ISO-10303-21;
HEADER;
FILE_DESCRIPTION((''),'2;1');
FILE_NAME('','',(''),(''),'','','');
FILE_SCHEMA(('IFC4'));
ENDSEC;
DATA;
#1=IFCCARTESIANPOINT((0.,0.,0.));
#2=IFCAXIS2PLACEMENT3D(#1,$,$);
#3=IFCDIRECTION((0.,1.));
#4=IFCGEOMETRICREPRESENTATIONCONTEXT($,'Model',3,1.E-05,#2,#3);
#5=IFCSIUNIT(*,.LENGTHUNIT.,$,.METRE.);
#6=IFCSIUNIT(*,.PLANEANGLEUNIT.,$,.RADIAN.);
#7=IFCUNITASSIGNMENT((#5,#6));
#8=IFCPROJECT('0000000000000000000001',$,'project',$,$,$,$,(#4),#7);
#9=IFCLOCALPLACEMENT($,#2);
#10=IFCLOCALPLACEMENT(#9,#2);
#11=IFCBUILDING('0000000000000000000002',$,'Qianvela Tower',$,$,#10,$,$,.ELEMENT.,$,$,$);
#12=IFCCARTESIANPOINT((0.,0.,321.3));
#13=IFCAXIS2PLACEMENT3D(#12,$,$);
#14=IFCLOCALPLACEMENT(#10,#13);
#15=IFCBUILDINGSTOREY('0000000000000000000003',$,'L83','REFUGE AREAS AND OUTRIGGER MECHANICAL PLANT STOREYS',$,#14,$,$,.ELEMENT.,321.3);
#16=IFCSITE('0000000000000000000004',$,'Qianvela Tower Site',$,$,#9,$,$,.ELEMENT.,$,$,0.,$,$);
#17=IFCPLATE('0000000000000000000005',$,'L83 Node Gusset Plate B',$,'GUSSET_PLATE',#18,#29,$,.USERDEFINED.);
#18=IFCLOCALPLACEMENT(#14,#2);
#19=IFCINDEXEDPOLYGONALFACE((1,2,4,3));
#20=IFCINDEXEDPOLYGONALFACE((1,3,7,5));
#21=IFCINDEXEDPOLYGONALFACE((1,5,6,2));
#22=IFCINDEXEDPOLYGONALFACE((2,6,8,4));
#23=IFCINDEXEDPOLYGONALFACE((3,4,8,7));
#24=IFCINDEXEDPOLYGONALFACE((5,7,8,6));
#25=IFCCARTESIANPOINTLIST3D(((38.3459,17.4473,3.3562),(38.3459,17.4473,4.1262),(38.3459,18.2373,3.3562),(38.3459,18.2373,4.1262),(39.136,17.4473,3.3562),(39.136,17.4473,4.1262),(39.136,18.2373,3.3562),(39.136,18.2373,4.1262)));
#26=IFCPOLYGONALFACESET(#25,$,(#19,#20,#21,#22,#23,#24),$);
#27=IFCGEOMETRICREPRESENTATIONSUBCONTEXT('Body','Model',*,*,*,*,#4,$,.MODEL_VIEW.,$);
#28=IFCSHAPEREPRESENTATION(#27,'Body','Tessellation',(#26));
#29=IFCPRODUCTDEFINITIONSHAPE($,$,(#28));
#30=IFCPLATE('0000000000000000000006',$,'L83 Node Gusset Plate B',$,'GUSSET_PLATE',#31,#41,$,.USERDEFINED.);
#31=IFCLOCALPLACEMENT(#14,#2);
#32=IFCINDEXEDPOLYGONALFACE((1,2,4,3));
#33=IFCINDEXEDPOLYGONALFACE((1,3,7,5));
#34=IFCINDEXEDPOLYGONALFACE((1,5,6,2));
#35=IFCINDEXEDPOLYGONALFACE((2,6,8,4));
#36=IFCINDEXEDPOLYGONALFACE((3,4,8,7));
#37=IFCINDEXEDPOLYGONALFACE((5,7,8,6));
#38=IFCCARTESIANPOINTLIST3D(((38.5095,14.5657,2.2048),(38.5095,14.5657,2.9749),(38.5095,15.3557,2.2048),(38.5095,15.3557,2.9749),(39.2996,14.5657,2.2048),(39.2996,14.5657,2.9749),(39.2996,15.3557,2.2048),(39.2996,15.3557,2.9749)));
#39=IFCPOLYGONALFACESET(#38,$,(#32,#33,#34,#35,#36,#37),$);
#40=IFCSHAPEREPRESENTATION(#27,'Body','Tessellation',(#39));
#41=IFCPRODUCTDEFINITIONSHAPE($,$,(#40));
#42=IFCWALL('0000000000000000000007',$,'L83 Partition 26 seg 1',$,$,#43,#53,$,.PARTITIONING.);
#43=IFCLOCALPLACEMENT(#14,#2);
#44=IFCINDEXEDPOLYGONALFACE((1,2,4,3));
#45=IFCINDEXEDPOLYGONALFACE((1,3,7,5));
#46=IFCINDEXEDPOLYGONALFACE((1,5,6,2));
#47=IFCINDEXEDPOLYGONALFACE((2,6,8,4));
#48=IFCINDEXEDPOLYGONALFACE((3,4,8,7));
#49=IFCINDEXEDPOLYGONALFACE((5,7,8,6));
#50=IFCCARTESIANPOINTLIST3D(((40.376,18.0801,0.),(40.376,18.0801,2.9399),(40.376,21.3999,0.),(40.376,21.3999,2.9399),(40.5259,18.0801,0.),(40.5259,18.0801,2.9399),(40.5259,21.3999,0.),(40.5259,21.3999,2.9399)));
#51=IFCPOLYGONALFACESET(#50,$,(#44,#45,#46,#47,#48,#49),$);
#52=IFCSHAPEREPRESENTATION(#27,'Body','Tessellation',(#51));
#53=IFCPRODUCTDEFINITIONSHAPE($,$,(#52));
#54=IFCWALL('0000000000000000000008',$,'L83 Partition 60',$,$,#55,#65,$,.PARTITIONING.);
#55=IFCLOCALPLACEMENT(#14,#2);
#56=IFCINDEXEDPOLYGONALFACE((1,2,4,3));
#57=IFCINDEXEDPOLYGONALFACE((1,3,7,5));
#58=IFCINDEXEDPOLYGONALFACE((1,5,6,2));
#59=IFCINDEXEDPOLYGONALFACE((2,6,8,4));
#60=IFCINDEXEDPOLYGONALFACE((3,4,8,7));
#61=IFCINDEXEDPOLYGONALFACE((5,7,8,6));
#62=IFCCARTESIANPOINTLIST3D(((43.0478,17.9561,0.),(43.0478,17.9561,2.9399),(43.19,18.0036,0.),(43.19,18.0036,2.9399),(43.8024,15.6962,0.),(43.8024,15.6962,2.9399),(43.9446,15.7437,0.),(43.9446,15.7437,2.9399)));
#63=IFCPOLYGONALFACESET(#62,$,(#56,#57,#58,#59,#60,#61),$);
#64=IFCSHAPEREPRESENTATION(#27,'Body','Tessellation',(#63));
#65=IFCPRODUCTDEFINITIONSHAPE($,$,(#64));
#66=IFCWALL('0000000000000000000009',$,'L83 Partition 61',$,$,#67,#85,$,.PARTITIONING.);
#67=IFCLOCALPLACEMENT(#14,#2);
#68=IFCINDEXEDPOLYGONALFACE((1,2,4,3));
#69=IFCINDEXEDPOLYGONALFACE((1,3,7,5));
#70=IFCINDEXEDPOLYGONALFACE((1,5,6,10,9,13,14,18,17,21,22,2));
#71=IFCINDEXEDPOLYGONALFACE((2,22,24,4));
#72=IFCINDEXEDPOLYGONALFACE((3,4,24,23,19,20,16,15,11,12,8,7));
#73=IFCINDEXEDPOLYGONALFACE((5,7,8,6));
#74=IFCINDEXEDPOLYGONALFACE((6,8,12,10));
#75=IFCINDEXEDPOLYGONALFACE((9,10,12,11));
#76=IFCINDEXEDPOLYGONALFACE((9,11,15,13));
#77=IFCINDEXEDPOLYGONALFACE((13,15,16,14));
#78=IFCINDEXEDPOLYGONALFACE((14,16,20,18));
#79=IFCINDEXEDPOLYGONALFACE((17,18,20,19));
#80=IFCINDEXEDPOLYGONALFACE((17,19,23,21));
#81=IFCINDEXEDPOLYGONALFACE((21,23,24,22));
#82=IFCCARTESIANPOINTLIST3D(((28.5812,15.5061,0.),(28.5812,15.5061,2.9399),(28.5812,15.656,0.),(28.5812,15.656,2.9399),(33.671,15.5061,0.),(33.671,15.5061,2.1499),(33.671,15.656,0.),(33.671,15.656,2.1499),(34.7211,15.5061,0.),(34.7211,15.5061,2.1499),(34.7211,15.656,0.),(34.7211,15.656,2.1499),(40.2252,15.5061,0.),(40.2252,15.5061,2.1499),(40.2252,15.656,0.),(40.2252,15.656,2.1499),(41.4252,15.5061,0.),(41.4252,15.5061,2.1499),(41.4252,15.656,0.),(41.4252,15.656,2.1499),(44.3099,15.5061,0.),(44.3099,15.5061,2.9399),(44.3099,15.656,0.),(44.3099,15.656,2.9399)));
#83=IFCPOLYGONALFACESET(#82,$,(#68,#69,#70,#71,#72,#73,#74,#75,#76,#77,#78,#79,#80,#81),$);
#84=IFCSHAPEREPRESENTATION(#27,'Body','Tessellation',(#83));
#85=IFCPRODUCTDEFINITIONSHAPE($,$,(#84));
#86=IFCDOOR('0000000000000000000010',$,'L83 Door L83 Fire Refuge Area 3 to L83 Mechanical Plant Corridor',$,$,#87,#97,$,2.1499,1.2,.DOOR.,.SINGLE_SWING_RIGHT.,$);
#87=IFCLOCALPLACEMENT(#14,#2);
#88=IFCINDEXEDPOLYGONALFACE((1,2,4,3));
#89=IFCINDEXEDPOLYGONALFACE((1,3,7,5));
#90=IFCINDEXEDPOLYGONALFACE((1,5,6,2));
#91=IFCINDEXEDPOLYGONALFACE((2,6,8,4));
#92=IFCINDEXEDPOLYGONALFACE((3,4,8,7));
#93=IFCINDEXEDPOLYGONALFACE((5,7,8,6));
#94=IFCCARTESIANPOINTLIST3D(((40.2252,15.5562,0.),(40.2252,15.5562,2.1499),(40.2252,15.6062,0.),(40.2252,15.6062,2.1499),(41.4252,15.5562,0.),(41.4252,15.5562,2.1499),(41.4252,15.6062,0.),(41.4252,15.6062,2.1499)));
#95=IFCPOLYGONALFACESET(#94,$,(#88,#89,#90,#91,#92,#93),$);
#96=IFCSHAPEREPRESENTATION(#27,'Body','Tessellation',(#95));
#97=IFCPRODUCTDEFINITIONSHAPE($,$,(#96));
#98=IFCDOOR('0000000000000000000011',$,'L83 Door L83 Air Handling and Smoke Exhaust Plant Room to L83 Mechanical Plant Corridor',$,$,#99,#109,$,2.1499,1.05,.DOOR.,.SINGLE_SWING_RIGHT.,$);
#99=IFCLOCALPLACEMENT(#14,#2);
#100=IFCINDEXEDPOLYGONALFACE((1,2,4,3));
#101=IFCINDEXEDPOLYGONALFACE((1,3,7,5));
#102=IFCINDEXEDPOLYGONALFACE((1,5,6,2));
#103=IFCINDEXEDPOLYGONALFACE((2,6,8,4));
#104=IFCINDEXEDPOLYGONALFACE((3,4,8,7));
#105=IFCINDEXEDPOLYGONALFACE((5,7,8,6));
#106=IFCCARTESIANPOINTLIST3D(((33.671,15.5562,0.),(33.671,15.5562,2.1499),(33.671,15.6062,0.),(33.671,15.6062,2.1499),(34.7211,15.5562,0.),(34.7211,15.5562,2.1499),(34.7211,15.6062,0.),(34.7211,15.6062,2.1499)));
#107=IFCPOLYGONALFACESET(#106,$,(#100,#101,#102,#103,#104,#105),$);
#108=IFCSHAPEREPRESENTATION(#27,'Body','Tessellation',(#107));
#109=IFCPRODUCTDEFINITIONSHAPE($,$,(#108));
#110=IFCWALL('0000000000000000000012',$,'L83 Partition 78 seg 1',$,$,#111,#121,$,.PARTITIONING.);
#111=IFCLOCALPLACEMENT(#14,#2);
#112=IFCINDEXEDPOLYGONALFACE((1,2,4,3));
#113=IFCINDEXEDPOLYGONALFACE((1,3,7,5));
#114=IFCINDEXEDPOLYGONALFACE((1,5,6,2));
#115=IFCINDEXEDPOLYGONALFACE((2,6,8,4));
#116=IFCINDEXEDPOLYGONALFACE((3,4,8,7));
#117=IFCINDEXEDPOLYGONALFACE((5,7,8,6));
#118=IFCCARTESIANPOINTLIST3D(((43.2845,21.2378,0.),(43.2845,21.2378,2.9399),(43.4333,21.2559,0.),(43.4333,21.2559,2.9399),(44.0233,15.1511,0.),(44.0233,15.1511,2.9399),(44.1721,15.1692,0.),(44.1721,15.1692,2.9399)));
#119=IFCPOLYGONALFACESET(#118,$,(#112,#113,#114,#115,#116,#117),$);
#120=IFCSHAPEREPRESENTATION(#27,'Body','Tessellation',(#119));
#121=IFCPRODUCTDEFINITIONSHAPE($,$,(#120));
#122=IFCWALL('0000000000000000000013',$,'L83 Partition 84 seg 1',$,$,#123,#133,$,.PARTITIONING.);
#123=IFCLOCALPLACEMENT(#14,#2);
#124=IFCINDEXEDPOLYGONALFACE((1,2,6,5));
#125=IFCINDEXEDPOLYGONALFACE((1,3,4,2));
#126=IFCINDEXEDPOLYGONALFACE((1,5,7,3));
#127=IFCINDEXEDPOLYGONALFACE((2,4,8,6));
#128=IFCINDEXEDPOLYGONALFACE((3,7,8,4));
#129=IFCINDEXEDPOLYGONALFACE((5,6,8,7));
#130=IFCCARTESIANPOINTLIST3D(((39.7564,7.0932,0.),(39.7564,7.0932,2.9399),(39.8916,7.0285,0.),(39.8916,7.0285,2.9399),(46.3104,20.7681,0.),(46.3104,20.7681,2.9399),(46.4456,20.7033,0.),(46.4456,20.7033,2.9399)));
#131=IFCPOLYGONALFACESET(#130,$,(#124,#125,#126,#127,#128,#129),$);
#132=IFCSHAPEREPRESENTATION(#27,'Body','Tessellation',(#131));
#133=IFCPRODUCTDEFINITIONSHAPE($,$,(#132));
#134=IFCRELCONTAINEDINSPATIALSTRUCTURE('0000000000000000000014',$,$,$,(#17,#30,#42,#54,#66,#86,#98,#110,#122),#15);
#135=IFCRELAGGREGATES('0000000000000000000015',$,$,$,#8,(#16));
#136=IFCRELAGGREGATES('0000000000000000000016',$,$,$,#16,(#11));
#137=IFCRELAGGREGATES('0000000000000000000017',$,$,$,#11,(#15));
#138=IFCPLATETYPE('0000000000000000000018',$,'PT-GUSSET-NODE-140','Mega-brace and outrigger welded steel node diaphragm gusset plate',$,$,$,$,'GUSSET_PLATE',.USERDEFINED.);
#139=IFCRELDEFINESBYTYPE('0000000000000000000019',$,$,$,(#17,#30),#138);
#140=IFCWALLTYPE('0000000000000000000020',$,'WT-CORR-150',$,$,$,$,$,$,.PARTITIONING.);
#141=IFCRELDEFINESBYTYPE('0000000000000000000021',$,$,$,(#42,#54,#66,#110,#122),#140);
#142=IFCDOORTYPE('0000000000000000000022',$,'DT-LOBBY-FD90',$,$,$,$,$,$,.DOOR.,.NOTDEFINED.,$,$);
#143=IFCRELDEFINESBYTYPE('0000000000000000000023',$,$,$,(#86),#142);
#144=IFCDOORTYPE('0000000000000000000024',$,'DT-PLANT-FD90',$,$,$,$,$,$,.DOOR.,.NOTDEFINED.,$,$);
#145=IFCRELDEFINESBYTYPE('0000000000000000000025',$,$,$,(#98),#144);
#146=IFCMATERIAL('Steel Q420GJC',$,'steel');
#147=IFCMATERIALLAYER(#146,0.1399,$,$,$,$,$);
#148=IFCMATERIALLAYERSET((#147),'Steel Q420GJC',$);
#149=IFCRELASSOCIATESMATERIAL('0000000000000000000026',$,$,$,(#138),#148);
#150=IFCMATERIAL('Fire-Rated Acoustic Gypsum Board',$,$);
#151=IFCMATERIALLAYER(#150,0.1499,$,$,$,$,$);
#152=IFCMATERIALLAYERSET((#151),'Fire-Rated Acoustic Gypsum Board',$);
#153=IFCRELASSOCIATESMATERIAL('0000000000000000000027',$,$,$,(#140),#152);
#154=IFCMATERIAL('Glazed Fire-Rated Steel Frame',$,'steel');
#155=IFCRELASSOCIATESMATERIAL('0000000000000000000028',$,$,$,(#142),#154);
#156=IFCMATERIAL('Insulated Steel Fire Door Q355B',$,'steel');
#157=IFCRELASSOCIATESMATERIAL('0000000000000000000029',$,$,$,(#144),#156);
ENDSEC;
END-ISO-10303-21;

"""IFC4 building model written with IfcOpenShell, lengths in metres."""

from ifc_helpers import new_model, si_unit, direction, frame, frame_2d, origin, origin_2d, place, context, subcontext, project, spatial, rectangle, extrude, material, layer, layer_set, type_object, element, fill, save


model = new_model("IFC4")

# Units and contexts
model_context = context("Model", 3, precision=1e-05, world=origin(), true_north=direction((0.0, 1.0)))
body_context = subcontext(model_context, "Body", "Model", "MODEL_VIEW")
ifc_project = project(units=[si_unit("LENGTHUNIT", "METRE"), si_unit("PLANEANGLEUNIT", "RADIAN")], contexts=[model_context])

# Site, building, storey
site_placement = place(None, origin())
site = spatial("IfcSite", under=ifc_project, at=site_placement, Name="Qianvela Tower Site", CompositionType="ELEMENT", RefElevation=0.0)
building_placement = place(site_placement, origin())
building = spatial("IfcBuilding", under=site, at=building_placement, Name="Qianvela Tower", CompositionType="ELEMENT")
storey_placement = place(building_placement, frame((0.0, 0.0, 321.3)))
storey = spatial("IfcBuildingStorey", under=building, at=storey_placement, Name="L83", Description="REFUGE AREAS AND OUTRIGGER MECHANICAL PLANT STOREYS", CompositionType="ELEMENT", Elevation=321.3)

# Plates
ifc_material_1 = material(Name="Steel Q420GJC", Category="steel")
ifc_layer_1 = layer(ifc_material_1, 0.1399)
ifc_layer_set_1 = layer_set([ifc_layer_1], Name="Steel Q420GJC")
plate_type_1 = type_object("IfcPlateType", Name="PT-GUSSET-NODE-140", Description="Mega-brace and outrigger welded steel node diaphragm gusset plate", ElementType="GUSSET_PLATE", PredefinedType="USERDEFINED", material=ifc_layer_set_1)
for number, where, z_axis, x_axis, name in (
    (1, (38.741, 17.8423, 3.3562), (0.0, 0.0, 1.0), (1.0, 0.0, 0.0), "L83 Node Gusset Plate B"),
    (2, (38.9045, 14.9607, 2.2048), (0.0, 0.0, 1.0), (1.0, 0.0, 0.0), "L83 Node Gusset Plate B"),
):
    element("IfcPlate", number, at=place(storey_placement, frame(where, z_axis=z_axis, x_axis=x_axis)), inside=storey, type_object=plate_type_1, Name=name, ObjectType="GUSSET_PLATE", PredefinedType="USERDEFINED", context=body_context, shape_type="SweptSolid", body=[
        extrude(rectangle(XDim=0.79, YDim=0.79, at=origin_2d()), origin(), (0.0, 0.0, 1.0), 0.77),
    ])

# Shared definitions
ifc_material_2 = material(Name="Fire-Rated Acoustic Gypsum Board")
ifc_layer_2 = layer(ifc_material_2, 0.1499)
ifc_layer_set_2 = layer_set([ifc_layer_2], Name="Fire-Rated Acoustic Gypsum Board")
wall_type = type_object("IfcWallType", Name="WT-CORR-150", PredefinedType="PARTITIONING", material=ifc_layer_set_2)
ifc_material_3 = material(Name="Glazed Fire-Rated Steel Frame", Category="steel")
door_type_1 = type_object("IfcDoorType", Name="DT-LOBBY-FD90", OperationType="NOTDEFINED", PredefinedType="DOOR", material=ifc_material_3)

# Walls
wall_1_placement = place(storey_placement, frame((40.4509, 18.0801, 0.0), z_axis=(0.0, 0.0, 1.0), x_axis=(0.0, 1.0, 0.0)))
element("IfcWall", 3, at=wall_1_placement, inside=storey, type_object=wall_type, Name="L83 Partition 26 seg 1", PredefinedType="PARTITIONING", context=body_context, shape_type="SweptSolid", body=[
    extrude(rectangle(XDim=3.3198, YDim=0.1499, at=frame_2d((1.6599, 0.0))), origin(), (0.0, 0.0, 1.0), 2.9399),
])
wall_2_placement = place(storey_placement, frame((43.1189, 17.98, 0.0), z_axis=(0.0, 0.0, 1.0), x_axis=(0.31672, -0.948519, 0.0)))
element("IfcWall", 4, at=wall_2_placement, inside=storey, type_object=wall_type, Name="L83 Partition 60", PredefinedType="PARTITIONING", context=body_context, shape_type="SweptSolid", body=[
    extrude(rectangle(XDim=2.3826, YDim=0.1499, at=frame_2d((1.1914, 0.0))), origin(), (0.0, 0.0, 1.0), 2.9399),
])

# Wall, openings, doors
wall_3_placement = place(storey_placement, frame((44.3098, 15.5811, 0.0), z_axis=(0.0, 0.0, 1.0), x_axis=(-1.0, 0.0, 0.0)))
wall_3 = element("IfcWall", 5, at=wall_3_placement, inside=storey, type_object=wall_type, Name="L83 Partition 61", PredefinedType="PARTITIONING", context=body_context, shape_type="SweptSolid", body=[
    extrude(rectangle(XDim=15.7288, YDim=0.1499, at=frame_2d((7.8643, 0.0))), origin(), (0.0, 0.0, 1.0), 2.9399),
])
opening_1_placement = place(wall_3_placement, frame((2.8845, 0.0, 0.0)))
opening_1 = element("IfcOpeningElement", 6, at=opening_1_placement, cuts=wall_3, PredefinedType="OPENING", context=body_context, shape_type="SweptSolid", body=[
    extrude(rectangle(XDim=1.2, YDim=2.1499, at=frame_2d((0.6001, 1.075))), frame((0.0, 0.085, 0.0), z_axis=(0.0, -1.0, 0.0), x_axis=(1.0, 0.0, 0.0)), (0.0, 0.0, 1.0), 0.1699),
])
opening_2_placement = place(wall_3_placement, frame((9.5889, 0.0, 0.0)))
opening_2 = element("IfcOpeningElement", 7, at=opening_2_placement, cuts=wall_3, PredefinedType="OPENING", context=body_context, shape_type="SweptSolid", body=[
    extrude(rectangle(XDim=1.05, YDim=2.1499, at=frame_2d((0.5249, 1.075))), frame((0.0, 0.085, 0.0), z_axis=(0.0, -1.0, 0.0), x_axis=(1.0, 0.0, 0.0)), (0.0, 0.0, 1.0), 0.1699),
])
door_1_placement = place(opening_1_placement, origin())
door_1 = element("IfcDoor", 8, at=door_1_placement, inside=storey, type_object=door_type_1, Name="L83 Door L83 Fire Refuge Area 3 to L83 Mechanical Plant Corridor", OperationType="SINGLE_SWING_RIGHT", OverallHeight=2.1499, OverallWidth=1.2, PredefinedType="DOOR", context=body_context, shape_type="SweptSolid", body=[
    extrude(rectangle(XDim=1.2, YDim=2.1499, at=frame_2d((0.6001, 1.075))), frame((0.0, 0.0249, 0.0), z_axis=(0.0, -1.0, 0.0), x_axis=(1.0, 0.0, 0.0)), (0.0, 0.0, 1.0), 0.05),
])
fill(opening_1, door_1)
ifc_material_4 = material(Name="Insulated Steel Fire Door Q355B", Category="steel")
door_type_2 = type_object("IfcDoorType", Name="DT-PLANT-FD90", OperationType="NOTDEFINED", PredefinedType="DOOR", material=ifc_material_4)
door_2_placement = place(opening_2_placement, origin())
door_2 = element("IfcDoor", 9, at=door_2_placement, inside=storey, type_object=door_type_2, Name="L83 Door L83 Air Handling and Smoke Exhaust Plant Room to L83 Mechanical Plant Corridor", OperationType="SINGLE_SWING_RIGHT", OverallHeight=2.1499, OverallWidth=1.05, PredefinedType="DOOR", context=body_context, shape_type="SweptSolid", body=[
    extrude(rectangle(XDim=1.05, YDim=2.1499, at=frame_2d((0.5249, 1.075))), frame((0.0, 0.0249, 0.0), z_axis=(0.0, -1.0, 0.0), x_axis=(1.0, 0.0, 0.0)), (0.0, 0.0, 1.0), 0.05),
])
fill(opening_2, door_2)

# Walls
wall_4_placement = place(storey_placement, frame((44.0977, 15.1602, 0.0), z_axis=(0.0, 0.0, 1.0), x_axis=(-0.120491, 0.992714, 0.0)))
element("IfcWall", 10, at=wall_4_placement, inside=storey, type_object=wall_type, Name="L83 Partition 78 seg 1", PredefinedType="PARTITIONING", context=body_context, shape_type="SweptSolid", body=[
    extrude(rectangle(XDim=6.1313, YDim=0.1499, at=frame_2d((3.0657, 0.0))), origin(), (0.0, 0.0, 1.0), 2.9399),
])
wall_5_placement = place(storey_placement, frame((46.3779, 20.7356, 0.0), z_axis=(0.0, 0.0, 1.0), x_axis=(-0.432198, -0.901779, 0.0)))
element("IfcWall", 11, at=wall_5_placement, inside=storey, type_object=wall_type, Name="L83 Partition 84 seg 1", PredefinedType="PARTITIONING", context=body_context, shape_type="SweptSolid", body=[
    extrude(rectangle(XDim=15.1643, YDim=0.1499, at=frame_2d((7.582, 0.0))), origin(), (0.0, 0.0, 1.0), 2.9399),
])

save(model, "model.ifc")
